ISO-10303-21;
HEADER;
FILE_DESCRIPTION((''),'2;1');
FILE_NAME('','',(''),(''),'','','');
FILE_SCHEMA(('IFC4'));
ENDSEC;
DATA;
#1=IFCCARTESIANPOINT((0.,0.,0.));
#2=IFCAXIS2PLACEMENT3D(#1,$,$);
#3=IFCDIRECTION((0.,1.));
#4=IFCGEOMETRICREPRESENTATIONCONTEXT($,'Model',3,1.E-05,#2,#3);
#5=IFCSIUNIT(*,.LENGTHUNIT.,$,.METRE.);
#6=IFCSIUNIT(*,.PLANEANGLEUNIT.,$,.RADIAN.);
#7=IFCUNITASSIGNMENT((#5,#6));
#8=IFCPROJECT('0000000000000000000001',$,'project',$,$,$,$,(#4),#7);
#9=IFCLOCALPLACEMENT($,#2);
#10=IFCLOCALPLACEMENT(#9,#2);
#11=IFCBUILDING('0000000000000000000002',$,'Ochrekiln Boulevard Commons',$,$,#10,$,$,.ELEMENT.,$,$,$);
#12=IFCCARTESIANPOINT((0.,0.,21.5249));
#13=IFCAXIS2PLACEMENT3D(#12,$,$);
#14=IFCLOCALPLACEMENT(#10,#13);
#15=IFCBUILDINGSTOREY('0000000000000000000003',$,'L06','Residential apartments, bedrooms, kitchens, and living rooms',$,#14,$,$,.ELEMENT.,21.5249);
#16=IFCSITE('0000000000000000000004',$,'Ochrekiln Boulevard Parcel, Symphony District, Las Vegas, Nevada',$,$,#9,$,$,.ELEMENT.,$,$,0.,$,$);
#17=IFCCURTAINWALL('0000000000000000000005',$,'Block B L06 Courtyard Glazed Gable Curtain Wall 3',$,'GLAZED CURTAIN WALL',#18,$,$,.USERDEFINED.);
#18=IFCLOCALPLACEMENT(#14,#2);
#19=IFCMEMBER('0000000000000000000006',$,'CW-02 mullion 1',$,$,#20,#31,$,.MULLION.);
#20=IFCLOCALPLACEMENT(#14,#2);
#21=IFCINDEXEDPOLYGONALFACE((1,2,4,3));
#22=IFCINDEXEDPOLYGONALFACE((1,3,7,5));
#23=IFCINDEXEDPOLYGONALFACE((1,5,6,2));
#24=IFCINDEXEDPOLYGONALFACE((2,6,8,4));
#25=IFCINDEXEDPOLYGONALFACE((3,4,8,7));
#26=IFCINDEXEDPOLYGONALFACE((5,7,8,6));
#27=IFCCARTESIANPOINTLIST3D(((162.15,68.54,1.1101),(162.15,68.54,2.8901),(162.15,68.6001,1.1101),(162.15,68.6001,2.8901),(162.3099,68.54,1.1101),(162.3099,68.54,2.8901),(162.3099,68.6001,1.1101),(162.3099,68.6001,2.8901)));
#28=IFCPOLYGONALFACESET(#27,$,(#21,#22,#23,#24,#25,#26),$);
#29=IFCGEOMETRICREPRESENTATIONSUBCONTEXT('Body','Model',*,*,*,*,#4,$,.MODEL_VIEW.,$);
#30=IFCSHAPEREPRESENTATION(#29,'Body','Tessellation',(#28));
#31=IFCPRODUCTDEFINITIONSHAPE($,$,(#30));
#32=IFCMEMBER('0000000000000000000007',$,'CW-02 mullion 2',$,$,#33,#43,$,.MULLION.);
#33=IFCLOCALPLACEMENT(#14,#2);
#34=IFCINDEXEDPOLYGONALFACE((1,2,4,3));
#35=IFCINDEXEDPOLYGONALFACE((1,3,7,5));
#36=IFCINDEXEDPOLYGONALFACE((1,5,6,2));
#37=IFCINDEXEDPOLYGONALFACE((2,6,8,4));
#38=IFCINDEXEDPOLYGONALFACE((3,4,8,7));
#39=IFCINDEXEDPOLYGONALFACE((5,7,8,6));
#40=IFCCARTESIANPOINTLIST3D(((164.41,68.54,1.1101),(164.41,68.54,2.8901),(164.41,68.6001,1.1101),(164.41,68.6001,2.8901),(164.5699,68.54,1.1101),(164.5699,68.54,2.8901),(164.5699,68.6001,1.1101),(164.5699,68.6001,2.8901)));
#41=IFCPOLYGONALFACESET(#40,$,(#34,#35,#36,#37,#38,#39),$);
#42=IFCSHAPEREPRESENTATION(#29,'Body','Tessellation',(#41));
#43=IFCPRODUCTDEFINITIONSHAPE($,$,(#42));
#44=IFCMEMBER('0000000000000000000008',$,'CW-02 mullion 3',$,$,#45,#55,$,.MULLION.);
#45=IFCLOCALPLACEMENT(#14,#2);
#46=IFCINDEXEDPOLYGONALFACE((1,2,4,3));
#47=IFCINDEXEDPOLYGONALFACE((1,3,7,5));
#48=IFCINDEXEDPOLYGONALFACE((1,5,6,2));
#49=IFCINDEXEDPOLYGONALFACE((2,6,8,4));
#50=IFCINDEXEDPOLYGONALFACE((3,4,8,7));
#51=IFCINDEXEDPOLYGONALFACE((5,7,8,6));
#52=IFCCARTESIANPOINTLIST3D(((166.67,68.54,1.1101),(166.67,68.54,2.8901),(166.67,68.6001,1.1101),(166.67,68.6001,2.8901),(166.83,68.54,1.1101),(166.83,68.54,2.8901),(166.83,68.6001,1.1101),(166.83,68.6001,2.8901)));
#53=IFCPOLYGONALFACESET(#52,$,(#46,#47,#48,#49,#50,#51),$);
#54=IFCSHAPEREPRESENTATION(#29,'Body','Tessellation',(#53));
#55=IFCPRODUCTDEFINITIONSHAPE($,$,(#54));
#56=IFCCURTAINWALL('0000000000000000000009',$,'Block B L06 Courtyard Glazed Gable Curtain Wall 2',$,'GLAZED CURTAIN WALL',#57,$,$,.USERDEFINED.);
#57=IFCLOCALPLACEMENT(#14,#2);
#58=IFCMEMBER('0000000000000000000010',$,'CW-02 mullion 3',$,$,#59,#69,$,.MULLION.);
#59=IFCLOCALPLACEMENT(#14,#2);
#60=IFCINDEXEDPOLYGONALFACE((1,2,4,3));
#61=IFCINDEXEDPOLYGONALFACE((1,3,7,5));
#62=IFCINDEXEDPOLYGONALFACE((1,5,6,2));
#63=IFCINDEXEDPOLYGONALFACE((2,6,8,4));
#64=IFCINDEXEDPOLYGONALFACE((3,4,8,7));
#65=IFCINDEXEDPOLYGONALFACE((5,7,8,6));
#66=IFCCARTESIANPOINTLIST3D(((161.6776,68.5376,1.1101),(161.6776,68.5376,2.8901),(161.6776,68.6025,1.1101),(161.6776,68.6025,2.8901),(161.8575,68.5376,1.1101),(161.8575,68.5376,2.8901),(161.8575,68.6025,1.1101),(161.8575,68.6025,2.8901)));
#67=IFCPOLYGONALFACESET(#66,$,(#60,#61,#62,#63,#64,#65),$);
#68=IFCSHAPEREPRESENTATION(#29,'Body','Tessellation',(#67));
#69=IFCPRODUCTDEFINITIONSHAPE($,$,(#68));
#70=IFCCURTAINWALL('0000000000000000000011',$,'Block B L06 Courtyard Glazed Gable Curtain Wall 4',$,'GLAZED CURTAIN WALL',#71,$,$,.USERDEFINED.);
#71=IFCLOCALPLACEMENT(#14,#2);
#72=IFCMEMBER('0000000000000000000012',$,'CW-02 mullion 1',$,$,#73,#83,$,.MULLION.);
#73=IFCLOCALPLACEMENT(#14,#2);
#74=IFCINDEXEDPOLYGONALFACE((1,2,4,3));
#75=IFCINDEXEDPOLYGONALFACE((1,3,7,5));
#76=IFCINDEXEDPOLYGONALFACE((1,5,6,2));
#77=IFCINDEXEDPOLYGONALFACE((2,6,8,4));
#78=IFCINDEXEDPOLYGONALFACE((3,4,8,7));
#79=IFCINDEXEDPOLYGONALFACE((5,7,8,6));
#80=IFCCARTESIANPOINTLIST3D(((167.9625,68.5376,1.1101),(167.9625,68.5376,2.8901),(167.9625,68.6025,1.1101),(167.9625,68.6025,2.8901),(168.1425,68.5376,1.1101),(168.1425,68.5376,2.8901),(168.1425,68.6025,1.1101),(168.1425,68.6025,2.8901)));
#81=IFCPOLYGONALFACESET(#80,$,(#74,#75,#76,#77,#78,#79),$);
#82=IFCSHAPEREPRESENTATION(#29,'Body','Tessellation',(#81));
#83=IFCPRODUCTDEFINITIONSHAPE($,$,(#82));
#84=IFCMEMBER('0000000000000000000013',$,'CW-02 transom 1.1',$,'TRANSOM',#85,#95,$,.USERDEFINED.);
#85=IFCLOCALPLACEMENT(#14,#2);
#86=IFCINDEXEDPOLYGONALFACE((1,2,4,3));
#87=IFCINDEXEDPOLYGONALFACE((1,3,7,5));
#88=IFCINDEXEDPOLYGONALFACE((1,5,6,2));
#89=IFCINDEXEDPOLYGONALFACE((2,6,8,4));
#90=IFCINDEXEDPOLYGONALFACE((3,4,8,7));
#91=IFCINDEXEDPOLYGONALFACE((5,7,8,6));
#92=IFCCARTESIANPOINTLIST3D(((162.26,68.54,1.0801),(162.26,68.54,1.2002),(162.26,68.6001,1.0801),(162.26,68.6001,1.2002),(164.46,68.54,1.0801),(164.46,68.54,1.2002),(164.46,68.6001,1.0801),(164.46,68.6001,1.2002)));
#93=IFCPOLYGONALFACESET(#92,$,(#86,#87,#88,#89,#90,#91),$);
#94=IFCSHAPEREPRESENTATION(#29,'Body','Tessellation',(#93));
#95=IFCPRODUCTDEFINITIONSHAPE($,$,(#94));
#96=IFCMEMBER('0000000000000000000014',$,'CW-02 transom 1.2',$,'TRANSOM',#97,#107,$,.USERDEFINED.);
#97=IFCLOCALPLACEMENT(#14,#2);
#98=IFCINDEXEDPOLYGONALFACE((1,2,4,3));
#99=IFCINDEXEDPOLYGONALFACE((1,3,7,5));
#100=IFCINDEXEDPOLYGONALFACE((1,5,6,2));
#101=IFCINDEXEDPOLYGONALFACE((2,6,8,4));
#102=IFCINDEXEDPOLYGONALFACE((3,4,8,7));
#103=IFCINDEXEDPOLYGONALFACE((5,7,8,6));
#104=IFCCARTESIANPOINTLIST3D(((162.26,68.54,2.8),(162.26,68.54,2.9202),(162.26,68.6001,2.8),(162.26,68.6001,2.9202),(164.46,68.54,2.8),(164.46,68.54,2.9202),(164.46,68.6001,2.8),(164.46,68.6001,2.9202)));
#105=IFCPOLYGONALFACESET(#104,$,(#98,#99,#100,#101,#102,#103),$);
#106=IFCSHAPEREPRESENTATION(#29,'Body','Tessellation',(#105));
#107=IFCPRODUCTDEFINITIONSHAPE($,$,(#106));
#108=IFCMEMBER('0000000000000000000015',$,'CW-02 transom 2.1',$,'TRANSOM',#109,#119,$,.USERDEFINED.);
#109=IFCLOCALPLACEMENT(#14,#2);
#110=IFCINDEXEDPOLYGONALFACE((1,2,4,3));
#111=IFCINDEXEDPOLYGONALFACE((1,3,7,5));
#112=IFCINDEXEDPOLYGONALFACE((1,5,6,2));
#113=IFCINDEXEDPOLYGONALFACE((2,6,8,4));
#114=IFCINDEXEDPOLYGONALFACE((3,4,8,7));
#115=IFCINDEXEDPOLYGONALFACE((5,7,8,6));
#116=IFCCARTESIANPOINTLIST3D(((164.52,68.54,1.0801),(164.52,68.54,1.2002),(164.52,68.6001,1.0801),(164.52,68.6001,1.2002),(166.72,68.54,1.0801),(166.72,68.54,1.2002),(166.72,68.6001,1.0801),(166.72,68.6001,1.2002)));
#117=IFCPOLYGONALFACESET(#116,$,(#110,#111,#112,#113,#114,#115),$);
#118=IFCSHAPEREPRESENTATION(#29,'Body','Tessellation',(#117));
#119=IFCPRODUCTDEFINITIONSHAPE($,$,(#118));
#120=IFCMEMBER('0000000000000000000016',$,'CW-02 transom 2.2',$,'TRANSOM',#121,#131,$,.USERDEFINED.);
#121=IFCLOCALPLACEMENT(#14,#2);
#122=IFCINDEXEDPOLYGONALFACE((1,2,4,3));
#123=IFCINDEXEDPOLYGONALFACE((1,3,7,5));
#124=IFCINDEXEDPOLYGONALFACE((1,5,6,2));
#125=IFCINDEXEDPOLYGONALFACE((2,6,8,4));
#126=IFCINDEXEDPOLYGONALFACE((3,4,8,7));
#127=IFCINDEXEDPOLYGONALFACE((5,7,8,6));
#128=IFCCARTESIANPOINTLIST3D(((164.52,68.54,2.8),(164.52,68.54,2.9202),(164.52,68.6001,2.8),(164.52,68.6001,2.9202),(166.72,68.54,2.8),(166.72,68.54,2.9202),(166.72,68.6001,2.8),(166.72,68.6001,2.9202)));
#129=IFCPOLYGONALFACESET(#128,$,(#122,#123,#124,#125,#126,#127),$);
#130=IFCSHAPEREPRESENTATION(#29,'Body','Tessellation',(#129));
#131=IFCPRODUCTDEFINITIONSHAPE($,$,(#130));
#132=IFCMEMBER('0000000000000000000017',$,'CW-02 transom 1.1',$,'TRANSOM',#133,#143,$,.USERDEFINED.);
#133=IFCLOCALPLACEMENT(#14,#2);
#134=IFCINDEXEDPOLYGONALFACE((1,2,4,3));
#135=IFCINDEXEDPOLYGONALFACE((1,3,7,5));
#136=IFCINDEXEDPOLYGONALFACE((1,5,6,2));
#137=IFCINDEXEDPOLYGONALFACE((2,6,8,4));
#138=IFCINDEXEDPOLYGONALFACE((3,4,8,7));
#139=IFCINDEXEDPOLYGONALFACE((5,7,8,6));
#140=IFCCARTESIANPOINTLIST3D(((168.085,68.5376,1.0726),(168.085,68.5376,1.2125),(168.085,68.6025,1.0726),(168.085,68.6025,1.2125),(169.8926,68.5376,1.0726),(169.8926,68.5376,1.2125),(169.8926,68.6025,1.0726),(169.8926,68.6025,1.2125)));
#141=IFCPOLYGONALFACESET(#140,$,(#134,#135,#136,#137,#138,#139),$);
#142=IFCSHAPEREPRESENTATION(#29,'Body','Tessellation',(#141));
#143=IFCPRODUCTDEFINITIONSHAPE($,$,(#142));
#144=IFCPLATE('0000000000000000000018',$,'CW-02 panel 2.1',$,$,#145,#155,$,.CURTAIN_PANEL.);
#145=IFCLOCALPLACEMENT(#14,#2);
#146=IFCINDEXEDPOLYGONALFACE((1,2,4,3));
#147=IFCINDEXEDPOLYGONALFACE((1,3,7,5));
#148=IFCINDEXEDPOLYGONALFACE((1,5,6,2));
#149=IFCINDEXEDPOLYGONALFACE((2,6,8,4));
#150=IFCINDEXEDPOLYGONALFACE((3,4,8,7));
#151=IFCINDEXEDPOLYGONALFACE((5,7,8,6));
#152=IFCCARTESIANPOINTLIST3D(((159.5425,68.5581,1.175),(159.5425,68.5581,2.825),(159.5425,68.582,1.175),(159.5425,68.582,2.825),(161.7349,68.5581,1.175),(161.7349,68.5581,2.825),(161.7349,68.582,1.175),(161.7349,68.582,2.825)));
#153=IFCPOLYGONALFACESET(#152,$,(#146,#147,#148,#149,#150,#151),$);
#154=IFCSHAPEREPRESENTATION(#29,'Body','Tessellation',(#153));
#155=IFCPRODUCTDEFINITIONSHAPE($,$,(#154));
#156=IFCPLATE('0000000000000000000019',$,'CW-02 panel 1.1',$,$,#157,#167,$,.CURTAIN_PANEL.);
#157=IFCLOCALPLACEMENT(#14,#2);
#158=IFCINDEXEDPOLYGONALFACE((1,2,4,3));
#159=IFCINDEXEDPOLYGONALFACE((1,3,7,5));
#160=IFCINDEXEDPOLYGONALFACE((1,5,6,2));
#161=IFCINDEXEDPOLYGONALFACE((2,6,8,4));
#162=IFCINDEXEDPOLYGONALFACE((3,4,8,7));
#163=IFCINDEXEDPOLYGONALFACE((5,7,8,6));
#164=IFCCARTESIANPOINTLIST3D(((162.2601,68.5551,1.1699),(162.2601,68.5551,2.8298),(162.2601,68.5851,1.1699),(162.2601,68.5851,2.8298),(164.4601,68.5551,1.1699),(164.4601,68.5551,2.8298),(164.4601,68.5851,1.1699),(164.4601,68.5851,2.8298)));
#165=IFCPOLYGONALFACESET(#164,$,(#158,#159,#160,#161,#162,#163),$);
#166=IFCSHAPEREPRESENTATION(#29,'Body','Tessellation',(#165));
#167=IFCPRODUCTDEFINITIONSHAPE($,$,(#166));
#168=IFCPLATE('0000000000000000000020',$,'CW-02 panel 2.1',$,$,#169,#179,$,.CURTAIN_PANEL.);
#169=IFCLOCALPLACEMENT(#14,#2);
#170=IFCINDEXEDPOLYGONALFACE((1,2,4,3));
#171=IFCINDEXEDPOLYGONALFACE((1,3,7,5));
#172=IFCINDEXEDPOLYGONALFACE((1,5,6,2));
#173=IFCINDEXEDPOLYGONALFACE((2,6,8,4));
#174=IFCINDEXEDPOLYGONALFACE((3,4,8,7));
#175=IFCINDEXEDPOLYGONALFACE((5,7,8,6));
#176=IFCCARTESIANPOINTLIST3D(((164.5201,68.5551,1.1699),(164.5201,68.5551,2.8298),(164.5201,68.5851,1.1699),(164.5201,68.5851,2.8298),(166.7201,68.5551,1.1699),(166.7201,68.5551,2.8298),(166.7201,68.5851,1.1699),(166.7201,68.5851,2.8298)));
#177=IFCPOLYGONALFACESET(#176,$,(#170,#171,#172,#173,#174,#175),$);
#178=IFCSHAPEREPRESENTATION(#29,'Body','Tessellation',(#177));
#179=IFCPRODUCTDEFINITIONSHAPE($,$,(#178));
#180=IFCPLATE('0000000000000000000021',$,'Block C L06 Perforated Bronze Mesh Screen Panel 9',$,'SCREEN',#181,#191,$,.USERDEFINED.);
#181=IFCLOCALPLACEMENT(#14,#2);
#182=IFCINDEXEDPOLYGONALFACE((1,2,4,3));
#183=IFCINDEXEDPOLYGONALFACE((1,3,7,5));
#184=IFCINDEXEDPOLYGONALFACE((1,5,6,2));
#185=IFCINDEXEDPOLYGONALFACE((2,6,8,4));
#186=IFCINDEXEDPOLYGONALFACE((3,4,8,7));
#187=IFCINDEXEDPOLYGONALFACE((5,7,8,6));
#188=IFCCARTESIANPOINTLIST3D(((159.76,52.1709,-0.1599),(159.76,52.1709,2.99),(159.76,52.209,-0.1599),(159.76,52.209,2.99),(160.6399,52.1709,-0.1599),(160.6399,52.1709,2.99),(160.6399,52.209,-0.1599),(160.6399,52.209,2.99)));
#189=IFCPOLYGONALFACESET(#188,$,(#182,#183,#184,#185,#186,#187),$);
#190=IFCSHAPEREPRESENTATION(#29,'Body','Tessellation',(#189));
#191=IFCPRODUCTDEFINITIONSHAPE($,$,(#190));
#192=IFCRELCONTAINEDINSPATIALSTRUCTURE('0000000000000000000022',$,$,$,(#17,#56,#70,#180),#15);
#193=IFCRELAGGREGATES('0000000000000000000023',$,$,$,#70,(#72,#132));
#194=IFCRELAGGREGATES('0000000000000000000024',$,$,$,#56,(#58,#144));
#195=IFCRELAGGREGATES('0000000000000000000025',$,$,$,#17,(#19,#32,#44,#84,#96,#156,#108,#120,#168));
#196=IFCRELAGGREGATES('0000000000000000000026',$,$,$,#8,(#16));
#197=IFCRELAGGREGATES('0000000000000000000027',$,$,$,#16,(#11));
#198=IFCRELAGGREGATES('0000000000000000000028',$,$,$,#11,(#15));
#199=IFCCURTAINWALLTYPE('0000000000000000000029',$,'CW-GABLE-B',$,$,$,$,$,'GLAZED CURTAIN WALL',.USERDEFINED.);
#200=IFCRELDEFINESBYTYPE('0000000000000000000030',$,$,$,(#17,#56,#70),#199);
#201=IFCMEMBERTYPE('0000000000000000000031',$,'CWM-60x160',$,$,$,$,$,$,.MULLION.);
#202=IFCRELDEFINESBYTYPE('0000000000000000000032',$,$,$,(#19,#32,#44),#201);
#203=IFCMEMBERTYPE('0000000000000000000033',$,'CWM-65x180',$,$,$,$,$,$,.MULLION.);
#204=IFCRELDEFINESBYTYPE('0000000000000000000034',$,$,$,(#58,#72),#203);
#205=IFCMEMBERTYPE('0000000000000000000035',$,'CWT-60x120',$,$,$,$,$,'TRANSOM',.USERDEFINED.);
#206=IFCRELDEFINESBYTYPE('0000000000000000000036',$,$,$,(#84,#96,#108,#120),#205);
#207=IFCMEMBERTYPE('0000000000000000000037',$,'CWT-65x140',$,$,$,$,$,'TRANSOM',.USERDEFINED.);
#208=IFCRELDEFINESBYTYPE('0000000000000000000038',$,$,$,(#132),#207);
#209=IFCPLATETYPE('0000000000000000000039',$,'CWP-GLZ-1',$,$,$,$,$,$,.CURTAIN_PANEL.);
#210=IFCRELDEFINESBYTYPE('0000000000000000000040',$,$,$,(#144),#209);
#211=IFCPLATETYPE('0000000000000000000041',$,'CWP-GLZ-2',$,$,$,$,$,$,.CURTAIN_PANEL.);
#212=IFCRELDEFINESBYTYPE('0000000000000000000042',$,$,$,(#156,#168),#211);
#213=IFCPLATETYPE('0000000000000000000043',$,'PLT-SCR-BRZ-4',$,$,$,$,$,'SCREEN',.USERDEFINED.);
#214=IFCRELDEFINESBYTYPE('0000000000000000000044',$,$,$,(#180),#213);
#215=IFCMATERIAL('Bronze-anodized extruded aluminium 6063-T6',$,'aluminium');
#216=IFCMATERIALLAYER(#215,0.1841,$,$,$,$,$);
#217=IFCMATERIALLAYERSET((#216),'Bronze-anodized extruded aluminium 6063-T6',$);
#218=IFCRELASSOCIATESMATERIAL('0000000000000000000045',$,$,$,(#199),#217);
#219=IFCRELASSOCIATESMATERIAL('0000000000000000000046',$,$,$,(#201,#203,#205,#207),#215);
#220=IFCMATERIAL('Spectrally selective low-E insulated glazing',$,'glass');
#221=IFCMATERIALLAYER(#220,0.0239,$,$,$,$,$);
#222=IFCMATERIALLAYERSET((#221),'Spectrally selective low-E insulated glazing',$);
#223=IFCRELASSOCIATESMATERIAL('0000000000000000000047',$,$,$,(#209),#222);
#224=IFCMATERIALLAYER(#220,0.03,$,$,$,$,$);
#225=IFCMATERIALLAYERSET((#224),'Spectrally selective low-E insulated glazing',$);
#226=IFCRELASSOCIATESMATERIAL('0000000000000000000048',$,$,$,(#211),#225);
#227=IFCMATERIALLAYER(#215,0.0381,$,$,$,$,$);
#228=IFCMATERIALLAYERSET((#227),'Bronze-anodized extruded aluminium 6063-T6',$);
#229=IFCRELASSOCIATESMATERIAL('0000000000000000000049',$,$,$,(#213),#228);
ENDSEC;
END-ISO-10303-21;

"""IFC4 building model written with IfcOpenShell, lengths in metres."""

from ifc_helpers import new_model, si_unit, direction, frame, origin, origin_2d, place, context, subcontext, project, spatial, rectangle, extrude, material, layer, layer_set, material_profile, profile_set, type_object, element, aggregate, save


model = new_model("IFC4")

# Units and contexts
model_context = context("Model", 3, precision=1e-05, world=origin(), true_north=direction((0.0, 1.0)))
body_context = subcontext(model_context, "Body", "Model", "MODEL_VIEW")
ifc_project = project(units=[si_unit("LENGTHUNIT", "METRE"), si_unit("PLANEANGLEUNIT", "RADIAN")], contexts=[model_context])

# Site, building, storey
site_placement = place(None, origin())
site = spatial("IfcSite", under=ifc_project, at=site_placement, Name="Ochrekiln Boulevard Parcel, Symphony District, Las Vegas, Nevada", CompositionType="ELEMENT", RefElevation=0.0)
building_placement = place(site_placement, origin())
building = spatial("IfcBuilding", under=site, at=building_placement, Name="Ochrekiln Boulevard Commons", CompositionType="ELEMENT")
storey_placement = place(building_placement, frame((0.0, 0.0, 21.5249)))
storey = spatial("IfcBuildingStorey", under=building, at=storey_placement, Name="L06", Description="Residential apartments, bedrooms, kitchens, and living rooms", CompositionType="ELEMENT", Elevation=21.5249)

# Curtain wall, members
ifc_material_1 = material(Name="Bronze-anodized extruded aluminium 6063-T6", Category="aluminium")
ifc_layer_1 = layer(ifc_material_1, 0.1841)
ifc_layer_set_1 = layer_set([ifc_layer_1], Name="Bronze-anodized extruded aluminium 6063-T6")
curtain_wall_type = type_object("IfcCurtainWallType", Name="CW-GABLE-B", ElementType="GLAZED CURTAIN WALL", PredefinedType="USERDEFINED", material=ifc_layer_set_1)
curtain_wall_1_placement = place(storey_placement, origin())
curtain_wall_1 = element("IfcCurtainWall", 1, at=curtain_wall_1_placement, inside=storey, type_object=curtain_wall_type, Name="Block B L06 Courtyard Glazed Gable Curtain Wall 3", ObjectType="GLAZED CURTAIN WALL", PredefinedType="USERDEFINED")
ifc_material_profile_1 = material_profile(ifc_material_1, rectangle(XDim=0.0601, YDim=0.1599, at=origin_2d()), Name="ALU-MUL-60x160")
ifc_profile_set_1 = profile_set([ifc_material_profile_1], Name="Bronze-anodized extruded aluminium 6063-T6")
member_type_1 = type_object("IfcMemberType", Name="CWM-60x160", PredefinedType="MULLION", material=ifc_profile_set_1)
member_1_placement = place(storey_placement, frame((162.23, 68.5701, 1.1101), z_axis=(0.0, 0.0, 1.0), x_axis=(0.0, 1.0, 0.0)))
member_1 = element("IfcMember", 2, at=member_1_placement, type_object=member_type_1, Name="CW-02 mullion 1", PredefinedType="MULLION", context=body_context, shape_type="SweptSolid", body=[
    extrude(rectangle(XDim=0.0601, YDim=0.1599, at=origin_2d()), origin(), (0.0, 0.0, 1.0), 1.78),
])
member_2_placement = place(storey_placement, frame((164.49, 68.5701, 1.1101), z_axis=(0.0, 0.0, 1.0), x_axis=(0.0, 1.0, 0.0)))
member_2 = element("IfcMember", 3, at=member_2_placement, type_object=member_type_1, Name="CW-02 mullion 2", PredefinedType="MULLION", context=body_context, shape_type="SweptSolid", body=[
    extrude(rectangle(XDim=0.0601, YDim=0.1599, at=origin_2d()), origin(), (0.0, 0.0, 1.0), 1.78),
])
member_3_placement = place(storey_placement, frame((166.75, 68.5701, 1.1101), z_axis=(0.0, 0.0, 1.0), x_axis=(0.0, 1.0, 0.0)))
member_3 = element("IfcMember", 4, at=member_3_placement, type_object=member_type_1, Name="CW-02 mullion 3", PredefinedType="MULLION", context=body_context, shape_type="SweptSolid", body=[
    extrude(rectangle(XDim=0.0601, YDim=0.1599, at=origin_2d()), origin(), (0.0, 0.0, 1.0), 1.78),
])

# Curtain walls, members
curtain_wall_2_placement = place(storey_placement, origin())
curtain_wall_2 = element("IfcCurtainWall", 5, at=curtain_wall_2_placement, inside=storey, type_object=curtain_wall_type, Name="Block B L06 Courtyard Glazed Gable Curtain Wall 2", ObjectType="GLAZED CURTAIN WALL", PredefinedType="USERDEFINED")
ifc_material_profile_2 = material_profile(ifc_material_1, rectangle(XDim=0.0649, YDim=0.1799, at=origin_2d()), Name="ALU-MUL-65x180")
ifc_profile_set_2 = profile_set([ifc_material_profile_2], Name="Bronze-anodized extruded aluminium 6063-T6")
member_type_2 = type_object("IfcMemberType", Name="CWM-65x180", PredefinedType="MULLION", material=ifc_profile_set_2)
member_4_placement = place(storey_placement, frame((161.7676, 68.5701, 1.1101), z_axis=(0.0, 0.0, 1.0), x_axis=(0.0, 1.0, 0.0)))
member_4 = element("IfcMember", 6, at=member_4_placement, type_object=member_type_2, Name="CW-02 mullion 3", PredefinedType="MULLION", context=body_context, shape_type="SweptSolid", body=[
    extrude(rectangle(XDim=0.0649, YDim=0.1799, at=origin_2d()), origin(), (0.0, 0.0, 1.0), 1.78),
])
curtain_wall_3_placement = place(storey_placement, origin())
curtain_wall_3 = element("IfcCurtainWall", 7, at=curtain_wall_3_placement, inside=storey, type_object=curtain_wall_type, Name="Block B L06 Courtyard Glazed Gable Curtain Wall 4", ObjectType="GLAZED CURTAIN WALL", PredefinedType="USERDEFINED")
member_5_placement = place(storey_placement, frame((168.0525, 68.5701, 1.1101), z_axis=(0.0, 0.0, 1.0), x_axis=(0.0, 1.0, 0.0)))
member_5 = element("IfcMember", 8, at=member_5_placement, type_object=member_type_2, Name="CW-02 mullion 1", PredefinedType="MULLION", context=body_context, shape_type="SweptSolid", body=[
    extrude(rectangle(XDim=0.0649, YDim=0.1799, at=origin_2d()), origin(), (0.0, 0.0, 1.0), 1.78),
])

# Members
ifc_material_profile_3 = material_profile(ifc_material_1, rectangle(XDim=0.0601, YDim=0.1201, at=origin_2d()), Name="ALU-TRN-60x120")
ifc_profile_set_3 = profile_set([ifc_material_profile_3], Name="Bronze-anodized extruded aluminium 6063-T6")
member_type_3 = type_object("IfcMemberType", Name="CWT-60x120", ElementType="TRANSOM", PredefinedType="USERDEFINED", material=ifc_profile_set_3)
member_6_placement = place(storey_placement, frame((162.26, 68.5701, 1.1401), z_axis=(1.0, 0.0, 0.0), x_axis=(0.0, 1.0, 0.0)))
member_6 = element("IfcMember", 9, at=member_6_placement, type_object=member_type_3, Name="CW-02 transom 1.1", ObjectType="TRANSOM", PredefinedType="USERDEFINED", context=body_context, shape_type="SweptSolid", body=[
    extrude(rectangle(XDim=0.0601, YDim=0.1201, at=origin_2d()), origin(), (0.0, 0.0, 1.0), 2.2),
])
member_7_placement = place(storey_placement, frame((162.26, 68.5701, 2.8601), z_axis=(1.0, 0.0, 0.0), x_axis=(0.0, 1.0, 0.0)))
member_7 = element("IfcMember", 10, at=member_7_placement, type_object=member_type_3, Name="CW-02 transom 1.2", ObjectType="TRANSOM", PredefinedType="USERDEFINED", context=body_context, shape_type="SweptSolid", body=[
    extrude(rectangle(XDim=0.0601, YDim=0.1201, at=origin_2d()), origin(), (0.0, 0.0, 1.0), 2.2),
])
member_8_placement = place(storey_placement, frame((164.52, 68.5701, 1.1401), z_axis=(1.0, 0.0, 0.0), x_axis=(0.0, 1.0, 0.0)))
member_8 = element("IfcMember", 11, at=member_8_placement, type_object=member_type_3, Name="CW-02 transom 2.1", ObjectType="TRANSOM", PredefinedType="USERDEFINED", context=body_context, shape_type="SweptSolid", body=[
    extrude(rectangle(XDim=0.0601, YDim=0.1201, at=origin_2d()), origin(), (0.0, 0.0, 1.0), 2.2),
])
member_9_placement = place(storey_placement, frame((164.52, 68.5701, 2.8601), z_axis=(1.0, 0.0, 0.0), x_axis=(0.0, 1.0, 0.0)))
member_9 = element("IfcMember", 12, at=member_9_placement, type_object=member_type_3, Name="CW-02 transom 2.2", ObjectType="TRANSOM", PredefinedType="USERDEFINED", context=body_context, shape_type="SweptSolid", body=[
    extrude(rectangle(XDim=0.0601, YDim=0.1201, at=origin_2d()), origin(), (0.0, 0.0, 1.0), 2.2),
])
ifc_material_profile_4 = material_profile(ifc_material_1, rectangle(XDim=0.0649, YDim=0.1399, at=origin_2d()), Name="ALU-TRN-65x140")
ifc_profile_set_4 = profile_set([ifc_material_profile_4], Name="Bronze-anodized extruded aluminium 6063-T6")
member_type_4 = type_object("IfcMemberType", Name="CWT-65x140", ElementType="TRANSOM", PredefinedType="USERDEFINED", material=ifc_profile_set_4)
member_10_placement = place(storey_placement, frame((168.085, 68.5701, 1.1426), z_axis=(1.0, 0.0, 0.0), x_axis=(0.0, 1.0, 0.0)))
member_10 = element("IfcMember", 13, at=member_10_placement, type_object=member_type_4, Name="CW-02 transom 1.1", ObjectType="TRANSOM", PredefinedType="USERDEFINED", context=body_context, shape_type="SweptSolid", body=[
    extrude(rectangle(XDim=0.0649, YDim=0.1399, at=origin_2d()), origin(), (0.0, 0.0, 1.0), 1.8076),
])
aggregate(curtain_wall_3, [member_5, member_10])

# Plates
ifc_material_2 = material(Name="Spectrally selective low-E insulated glazing", Category="glass")
ifc_layer_2 = layer(ifc_material_2, 0.0239)
ifc_layer_set_2 = layer_set([ifc_layer_2], Name="Spectrally selective low-E insulated glazing")
plate_type_1 = type_object("IfcPlateType", Name="CWP-GLZ-1", PredefinedType="CURTAIN_PANEL", material=ifc_layer_set_2)
plate_1_placement = place(storey_placement, frame((160.6387, 68.5701, 1.175), z_axis=(0.0, 0.0, 1.0), x_axis=(1.0, 0.0, 0.0)))
plate_1 = element("IfcPlate", 14, at=plate_1_placement, type_object=plate_type_1, Name="CW-02 panel 2.1", PredefinedType="CURTAIN_PANEL", context=body_context, shape_type="SweptSolid", body=[
    extrude(rectangle(XDim=2.1924, YDim=0.0239, at=origin_2d()), origin(), (0.0, 0.0, 1.0), 1.6499),
])
aggregate(curtain_wall_2, [member_4, plate_1])
ifc_layer_3 = layer(ifc_material_2, 0.03)
ifc_layer_set_3 = layer_set([ifc_layer_3], Name="Spectrally selective low-E insulated glazing")
plate_type_2 = type_object("IfcPlateType", Name="CWP-GLZ-2", PredefinedType="CURTAIN_PANEL", material=ifc_layer_set_3)
plate_2_placement = place(storey_placement, frame((163.3601, 68.5701, 1.1699), z_axis=(0.0, 0.0, 1.0), x_axis=(1.0, 0.0, 0.0)))
plate_2 = element("IfcPlate", 15, at=plate_2_placement, type_object=plate_type_2, Name="CW-02 panel 1.1", PredefinedType="CURTAIN_PANEL", context=body_context, shape_type="SweptSolid", body=[
    extrude(rectangle(XDim=2.2, YDim=0.03, at=origin_2d()), origin(), (0.0, 0.0, 1.0), 1.6599),
])
plate_3_placement = place(storey_placement, frame((165.6201, 68.5701, 1.1699), z_axis=(0.0, 0.0, 1.0), x_axis=(1.0, 0.0, 0.0)))
plate_3 = element("IfcPlate", 16, at=plate_3_placement, type_object=plate_type_2, Name="CW-02 panel 2.1", PredefinedType="CURTAIN_PANEL", context=body_context, shape_type="SweptSolid", body=[
    extrude(rectangle(XDim=2.2, YDim=0.03, at=origin_2d()), origin(), (0.0, 0.0, 1.0), 1.6599),
])
aggregate(curtain_wall_1, [member_1, member_2, member_3, member_6, member_7, plate_2, member_8, member_9, plate_3])

# Plate
ifc_layer_4 = layer(ifc_material_1, 0.0381)
ifc_layer_set_4 = layer_set([ifc_layer_4], Name="Bronze-anodized extruded aluminium 6063-T6")
plate_type_3 = type_object("IfcPlateType", Name="PLT-SCR-BRZ-4", ElementType="SCREEN", PredefinedType="USERDEFINED", material=ifc_layer_set_4)
for number, where, z_axis, x_axis, name in (
    (17, (160.2, 52.1899, -0.1599), (0.0, 0.0, 1.0), (1.0, 0.0, 0.0), "Block C L06 Perforated Bronze Mesh Screen Panel 9"),
):
    element("IfcPlate", number, at=place(storey_placement, frame(where, z_axis=z_axis, x_axis=x_axis)), inside=storey, type_object=plate_type_3, Name=name, ObjectType="SCREEN", PredefinedType="USERDEFINED", context=body_context, shape_type="SweptSolid", body=[
        extrude(rectangle(XDim=0.8799, YDim=0.0381, at=origin_2d()), origin(), (0.0, 0.0, 1.0), 3.1499),
    ])

save(model, "model.ifc")
